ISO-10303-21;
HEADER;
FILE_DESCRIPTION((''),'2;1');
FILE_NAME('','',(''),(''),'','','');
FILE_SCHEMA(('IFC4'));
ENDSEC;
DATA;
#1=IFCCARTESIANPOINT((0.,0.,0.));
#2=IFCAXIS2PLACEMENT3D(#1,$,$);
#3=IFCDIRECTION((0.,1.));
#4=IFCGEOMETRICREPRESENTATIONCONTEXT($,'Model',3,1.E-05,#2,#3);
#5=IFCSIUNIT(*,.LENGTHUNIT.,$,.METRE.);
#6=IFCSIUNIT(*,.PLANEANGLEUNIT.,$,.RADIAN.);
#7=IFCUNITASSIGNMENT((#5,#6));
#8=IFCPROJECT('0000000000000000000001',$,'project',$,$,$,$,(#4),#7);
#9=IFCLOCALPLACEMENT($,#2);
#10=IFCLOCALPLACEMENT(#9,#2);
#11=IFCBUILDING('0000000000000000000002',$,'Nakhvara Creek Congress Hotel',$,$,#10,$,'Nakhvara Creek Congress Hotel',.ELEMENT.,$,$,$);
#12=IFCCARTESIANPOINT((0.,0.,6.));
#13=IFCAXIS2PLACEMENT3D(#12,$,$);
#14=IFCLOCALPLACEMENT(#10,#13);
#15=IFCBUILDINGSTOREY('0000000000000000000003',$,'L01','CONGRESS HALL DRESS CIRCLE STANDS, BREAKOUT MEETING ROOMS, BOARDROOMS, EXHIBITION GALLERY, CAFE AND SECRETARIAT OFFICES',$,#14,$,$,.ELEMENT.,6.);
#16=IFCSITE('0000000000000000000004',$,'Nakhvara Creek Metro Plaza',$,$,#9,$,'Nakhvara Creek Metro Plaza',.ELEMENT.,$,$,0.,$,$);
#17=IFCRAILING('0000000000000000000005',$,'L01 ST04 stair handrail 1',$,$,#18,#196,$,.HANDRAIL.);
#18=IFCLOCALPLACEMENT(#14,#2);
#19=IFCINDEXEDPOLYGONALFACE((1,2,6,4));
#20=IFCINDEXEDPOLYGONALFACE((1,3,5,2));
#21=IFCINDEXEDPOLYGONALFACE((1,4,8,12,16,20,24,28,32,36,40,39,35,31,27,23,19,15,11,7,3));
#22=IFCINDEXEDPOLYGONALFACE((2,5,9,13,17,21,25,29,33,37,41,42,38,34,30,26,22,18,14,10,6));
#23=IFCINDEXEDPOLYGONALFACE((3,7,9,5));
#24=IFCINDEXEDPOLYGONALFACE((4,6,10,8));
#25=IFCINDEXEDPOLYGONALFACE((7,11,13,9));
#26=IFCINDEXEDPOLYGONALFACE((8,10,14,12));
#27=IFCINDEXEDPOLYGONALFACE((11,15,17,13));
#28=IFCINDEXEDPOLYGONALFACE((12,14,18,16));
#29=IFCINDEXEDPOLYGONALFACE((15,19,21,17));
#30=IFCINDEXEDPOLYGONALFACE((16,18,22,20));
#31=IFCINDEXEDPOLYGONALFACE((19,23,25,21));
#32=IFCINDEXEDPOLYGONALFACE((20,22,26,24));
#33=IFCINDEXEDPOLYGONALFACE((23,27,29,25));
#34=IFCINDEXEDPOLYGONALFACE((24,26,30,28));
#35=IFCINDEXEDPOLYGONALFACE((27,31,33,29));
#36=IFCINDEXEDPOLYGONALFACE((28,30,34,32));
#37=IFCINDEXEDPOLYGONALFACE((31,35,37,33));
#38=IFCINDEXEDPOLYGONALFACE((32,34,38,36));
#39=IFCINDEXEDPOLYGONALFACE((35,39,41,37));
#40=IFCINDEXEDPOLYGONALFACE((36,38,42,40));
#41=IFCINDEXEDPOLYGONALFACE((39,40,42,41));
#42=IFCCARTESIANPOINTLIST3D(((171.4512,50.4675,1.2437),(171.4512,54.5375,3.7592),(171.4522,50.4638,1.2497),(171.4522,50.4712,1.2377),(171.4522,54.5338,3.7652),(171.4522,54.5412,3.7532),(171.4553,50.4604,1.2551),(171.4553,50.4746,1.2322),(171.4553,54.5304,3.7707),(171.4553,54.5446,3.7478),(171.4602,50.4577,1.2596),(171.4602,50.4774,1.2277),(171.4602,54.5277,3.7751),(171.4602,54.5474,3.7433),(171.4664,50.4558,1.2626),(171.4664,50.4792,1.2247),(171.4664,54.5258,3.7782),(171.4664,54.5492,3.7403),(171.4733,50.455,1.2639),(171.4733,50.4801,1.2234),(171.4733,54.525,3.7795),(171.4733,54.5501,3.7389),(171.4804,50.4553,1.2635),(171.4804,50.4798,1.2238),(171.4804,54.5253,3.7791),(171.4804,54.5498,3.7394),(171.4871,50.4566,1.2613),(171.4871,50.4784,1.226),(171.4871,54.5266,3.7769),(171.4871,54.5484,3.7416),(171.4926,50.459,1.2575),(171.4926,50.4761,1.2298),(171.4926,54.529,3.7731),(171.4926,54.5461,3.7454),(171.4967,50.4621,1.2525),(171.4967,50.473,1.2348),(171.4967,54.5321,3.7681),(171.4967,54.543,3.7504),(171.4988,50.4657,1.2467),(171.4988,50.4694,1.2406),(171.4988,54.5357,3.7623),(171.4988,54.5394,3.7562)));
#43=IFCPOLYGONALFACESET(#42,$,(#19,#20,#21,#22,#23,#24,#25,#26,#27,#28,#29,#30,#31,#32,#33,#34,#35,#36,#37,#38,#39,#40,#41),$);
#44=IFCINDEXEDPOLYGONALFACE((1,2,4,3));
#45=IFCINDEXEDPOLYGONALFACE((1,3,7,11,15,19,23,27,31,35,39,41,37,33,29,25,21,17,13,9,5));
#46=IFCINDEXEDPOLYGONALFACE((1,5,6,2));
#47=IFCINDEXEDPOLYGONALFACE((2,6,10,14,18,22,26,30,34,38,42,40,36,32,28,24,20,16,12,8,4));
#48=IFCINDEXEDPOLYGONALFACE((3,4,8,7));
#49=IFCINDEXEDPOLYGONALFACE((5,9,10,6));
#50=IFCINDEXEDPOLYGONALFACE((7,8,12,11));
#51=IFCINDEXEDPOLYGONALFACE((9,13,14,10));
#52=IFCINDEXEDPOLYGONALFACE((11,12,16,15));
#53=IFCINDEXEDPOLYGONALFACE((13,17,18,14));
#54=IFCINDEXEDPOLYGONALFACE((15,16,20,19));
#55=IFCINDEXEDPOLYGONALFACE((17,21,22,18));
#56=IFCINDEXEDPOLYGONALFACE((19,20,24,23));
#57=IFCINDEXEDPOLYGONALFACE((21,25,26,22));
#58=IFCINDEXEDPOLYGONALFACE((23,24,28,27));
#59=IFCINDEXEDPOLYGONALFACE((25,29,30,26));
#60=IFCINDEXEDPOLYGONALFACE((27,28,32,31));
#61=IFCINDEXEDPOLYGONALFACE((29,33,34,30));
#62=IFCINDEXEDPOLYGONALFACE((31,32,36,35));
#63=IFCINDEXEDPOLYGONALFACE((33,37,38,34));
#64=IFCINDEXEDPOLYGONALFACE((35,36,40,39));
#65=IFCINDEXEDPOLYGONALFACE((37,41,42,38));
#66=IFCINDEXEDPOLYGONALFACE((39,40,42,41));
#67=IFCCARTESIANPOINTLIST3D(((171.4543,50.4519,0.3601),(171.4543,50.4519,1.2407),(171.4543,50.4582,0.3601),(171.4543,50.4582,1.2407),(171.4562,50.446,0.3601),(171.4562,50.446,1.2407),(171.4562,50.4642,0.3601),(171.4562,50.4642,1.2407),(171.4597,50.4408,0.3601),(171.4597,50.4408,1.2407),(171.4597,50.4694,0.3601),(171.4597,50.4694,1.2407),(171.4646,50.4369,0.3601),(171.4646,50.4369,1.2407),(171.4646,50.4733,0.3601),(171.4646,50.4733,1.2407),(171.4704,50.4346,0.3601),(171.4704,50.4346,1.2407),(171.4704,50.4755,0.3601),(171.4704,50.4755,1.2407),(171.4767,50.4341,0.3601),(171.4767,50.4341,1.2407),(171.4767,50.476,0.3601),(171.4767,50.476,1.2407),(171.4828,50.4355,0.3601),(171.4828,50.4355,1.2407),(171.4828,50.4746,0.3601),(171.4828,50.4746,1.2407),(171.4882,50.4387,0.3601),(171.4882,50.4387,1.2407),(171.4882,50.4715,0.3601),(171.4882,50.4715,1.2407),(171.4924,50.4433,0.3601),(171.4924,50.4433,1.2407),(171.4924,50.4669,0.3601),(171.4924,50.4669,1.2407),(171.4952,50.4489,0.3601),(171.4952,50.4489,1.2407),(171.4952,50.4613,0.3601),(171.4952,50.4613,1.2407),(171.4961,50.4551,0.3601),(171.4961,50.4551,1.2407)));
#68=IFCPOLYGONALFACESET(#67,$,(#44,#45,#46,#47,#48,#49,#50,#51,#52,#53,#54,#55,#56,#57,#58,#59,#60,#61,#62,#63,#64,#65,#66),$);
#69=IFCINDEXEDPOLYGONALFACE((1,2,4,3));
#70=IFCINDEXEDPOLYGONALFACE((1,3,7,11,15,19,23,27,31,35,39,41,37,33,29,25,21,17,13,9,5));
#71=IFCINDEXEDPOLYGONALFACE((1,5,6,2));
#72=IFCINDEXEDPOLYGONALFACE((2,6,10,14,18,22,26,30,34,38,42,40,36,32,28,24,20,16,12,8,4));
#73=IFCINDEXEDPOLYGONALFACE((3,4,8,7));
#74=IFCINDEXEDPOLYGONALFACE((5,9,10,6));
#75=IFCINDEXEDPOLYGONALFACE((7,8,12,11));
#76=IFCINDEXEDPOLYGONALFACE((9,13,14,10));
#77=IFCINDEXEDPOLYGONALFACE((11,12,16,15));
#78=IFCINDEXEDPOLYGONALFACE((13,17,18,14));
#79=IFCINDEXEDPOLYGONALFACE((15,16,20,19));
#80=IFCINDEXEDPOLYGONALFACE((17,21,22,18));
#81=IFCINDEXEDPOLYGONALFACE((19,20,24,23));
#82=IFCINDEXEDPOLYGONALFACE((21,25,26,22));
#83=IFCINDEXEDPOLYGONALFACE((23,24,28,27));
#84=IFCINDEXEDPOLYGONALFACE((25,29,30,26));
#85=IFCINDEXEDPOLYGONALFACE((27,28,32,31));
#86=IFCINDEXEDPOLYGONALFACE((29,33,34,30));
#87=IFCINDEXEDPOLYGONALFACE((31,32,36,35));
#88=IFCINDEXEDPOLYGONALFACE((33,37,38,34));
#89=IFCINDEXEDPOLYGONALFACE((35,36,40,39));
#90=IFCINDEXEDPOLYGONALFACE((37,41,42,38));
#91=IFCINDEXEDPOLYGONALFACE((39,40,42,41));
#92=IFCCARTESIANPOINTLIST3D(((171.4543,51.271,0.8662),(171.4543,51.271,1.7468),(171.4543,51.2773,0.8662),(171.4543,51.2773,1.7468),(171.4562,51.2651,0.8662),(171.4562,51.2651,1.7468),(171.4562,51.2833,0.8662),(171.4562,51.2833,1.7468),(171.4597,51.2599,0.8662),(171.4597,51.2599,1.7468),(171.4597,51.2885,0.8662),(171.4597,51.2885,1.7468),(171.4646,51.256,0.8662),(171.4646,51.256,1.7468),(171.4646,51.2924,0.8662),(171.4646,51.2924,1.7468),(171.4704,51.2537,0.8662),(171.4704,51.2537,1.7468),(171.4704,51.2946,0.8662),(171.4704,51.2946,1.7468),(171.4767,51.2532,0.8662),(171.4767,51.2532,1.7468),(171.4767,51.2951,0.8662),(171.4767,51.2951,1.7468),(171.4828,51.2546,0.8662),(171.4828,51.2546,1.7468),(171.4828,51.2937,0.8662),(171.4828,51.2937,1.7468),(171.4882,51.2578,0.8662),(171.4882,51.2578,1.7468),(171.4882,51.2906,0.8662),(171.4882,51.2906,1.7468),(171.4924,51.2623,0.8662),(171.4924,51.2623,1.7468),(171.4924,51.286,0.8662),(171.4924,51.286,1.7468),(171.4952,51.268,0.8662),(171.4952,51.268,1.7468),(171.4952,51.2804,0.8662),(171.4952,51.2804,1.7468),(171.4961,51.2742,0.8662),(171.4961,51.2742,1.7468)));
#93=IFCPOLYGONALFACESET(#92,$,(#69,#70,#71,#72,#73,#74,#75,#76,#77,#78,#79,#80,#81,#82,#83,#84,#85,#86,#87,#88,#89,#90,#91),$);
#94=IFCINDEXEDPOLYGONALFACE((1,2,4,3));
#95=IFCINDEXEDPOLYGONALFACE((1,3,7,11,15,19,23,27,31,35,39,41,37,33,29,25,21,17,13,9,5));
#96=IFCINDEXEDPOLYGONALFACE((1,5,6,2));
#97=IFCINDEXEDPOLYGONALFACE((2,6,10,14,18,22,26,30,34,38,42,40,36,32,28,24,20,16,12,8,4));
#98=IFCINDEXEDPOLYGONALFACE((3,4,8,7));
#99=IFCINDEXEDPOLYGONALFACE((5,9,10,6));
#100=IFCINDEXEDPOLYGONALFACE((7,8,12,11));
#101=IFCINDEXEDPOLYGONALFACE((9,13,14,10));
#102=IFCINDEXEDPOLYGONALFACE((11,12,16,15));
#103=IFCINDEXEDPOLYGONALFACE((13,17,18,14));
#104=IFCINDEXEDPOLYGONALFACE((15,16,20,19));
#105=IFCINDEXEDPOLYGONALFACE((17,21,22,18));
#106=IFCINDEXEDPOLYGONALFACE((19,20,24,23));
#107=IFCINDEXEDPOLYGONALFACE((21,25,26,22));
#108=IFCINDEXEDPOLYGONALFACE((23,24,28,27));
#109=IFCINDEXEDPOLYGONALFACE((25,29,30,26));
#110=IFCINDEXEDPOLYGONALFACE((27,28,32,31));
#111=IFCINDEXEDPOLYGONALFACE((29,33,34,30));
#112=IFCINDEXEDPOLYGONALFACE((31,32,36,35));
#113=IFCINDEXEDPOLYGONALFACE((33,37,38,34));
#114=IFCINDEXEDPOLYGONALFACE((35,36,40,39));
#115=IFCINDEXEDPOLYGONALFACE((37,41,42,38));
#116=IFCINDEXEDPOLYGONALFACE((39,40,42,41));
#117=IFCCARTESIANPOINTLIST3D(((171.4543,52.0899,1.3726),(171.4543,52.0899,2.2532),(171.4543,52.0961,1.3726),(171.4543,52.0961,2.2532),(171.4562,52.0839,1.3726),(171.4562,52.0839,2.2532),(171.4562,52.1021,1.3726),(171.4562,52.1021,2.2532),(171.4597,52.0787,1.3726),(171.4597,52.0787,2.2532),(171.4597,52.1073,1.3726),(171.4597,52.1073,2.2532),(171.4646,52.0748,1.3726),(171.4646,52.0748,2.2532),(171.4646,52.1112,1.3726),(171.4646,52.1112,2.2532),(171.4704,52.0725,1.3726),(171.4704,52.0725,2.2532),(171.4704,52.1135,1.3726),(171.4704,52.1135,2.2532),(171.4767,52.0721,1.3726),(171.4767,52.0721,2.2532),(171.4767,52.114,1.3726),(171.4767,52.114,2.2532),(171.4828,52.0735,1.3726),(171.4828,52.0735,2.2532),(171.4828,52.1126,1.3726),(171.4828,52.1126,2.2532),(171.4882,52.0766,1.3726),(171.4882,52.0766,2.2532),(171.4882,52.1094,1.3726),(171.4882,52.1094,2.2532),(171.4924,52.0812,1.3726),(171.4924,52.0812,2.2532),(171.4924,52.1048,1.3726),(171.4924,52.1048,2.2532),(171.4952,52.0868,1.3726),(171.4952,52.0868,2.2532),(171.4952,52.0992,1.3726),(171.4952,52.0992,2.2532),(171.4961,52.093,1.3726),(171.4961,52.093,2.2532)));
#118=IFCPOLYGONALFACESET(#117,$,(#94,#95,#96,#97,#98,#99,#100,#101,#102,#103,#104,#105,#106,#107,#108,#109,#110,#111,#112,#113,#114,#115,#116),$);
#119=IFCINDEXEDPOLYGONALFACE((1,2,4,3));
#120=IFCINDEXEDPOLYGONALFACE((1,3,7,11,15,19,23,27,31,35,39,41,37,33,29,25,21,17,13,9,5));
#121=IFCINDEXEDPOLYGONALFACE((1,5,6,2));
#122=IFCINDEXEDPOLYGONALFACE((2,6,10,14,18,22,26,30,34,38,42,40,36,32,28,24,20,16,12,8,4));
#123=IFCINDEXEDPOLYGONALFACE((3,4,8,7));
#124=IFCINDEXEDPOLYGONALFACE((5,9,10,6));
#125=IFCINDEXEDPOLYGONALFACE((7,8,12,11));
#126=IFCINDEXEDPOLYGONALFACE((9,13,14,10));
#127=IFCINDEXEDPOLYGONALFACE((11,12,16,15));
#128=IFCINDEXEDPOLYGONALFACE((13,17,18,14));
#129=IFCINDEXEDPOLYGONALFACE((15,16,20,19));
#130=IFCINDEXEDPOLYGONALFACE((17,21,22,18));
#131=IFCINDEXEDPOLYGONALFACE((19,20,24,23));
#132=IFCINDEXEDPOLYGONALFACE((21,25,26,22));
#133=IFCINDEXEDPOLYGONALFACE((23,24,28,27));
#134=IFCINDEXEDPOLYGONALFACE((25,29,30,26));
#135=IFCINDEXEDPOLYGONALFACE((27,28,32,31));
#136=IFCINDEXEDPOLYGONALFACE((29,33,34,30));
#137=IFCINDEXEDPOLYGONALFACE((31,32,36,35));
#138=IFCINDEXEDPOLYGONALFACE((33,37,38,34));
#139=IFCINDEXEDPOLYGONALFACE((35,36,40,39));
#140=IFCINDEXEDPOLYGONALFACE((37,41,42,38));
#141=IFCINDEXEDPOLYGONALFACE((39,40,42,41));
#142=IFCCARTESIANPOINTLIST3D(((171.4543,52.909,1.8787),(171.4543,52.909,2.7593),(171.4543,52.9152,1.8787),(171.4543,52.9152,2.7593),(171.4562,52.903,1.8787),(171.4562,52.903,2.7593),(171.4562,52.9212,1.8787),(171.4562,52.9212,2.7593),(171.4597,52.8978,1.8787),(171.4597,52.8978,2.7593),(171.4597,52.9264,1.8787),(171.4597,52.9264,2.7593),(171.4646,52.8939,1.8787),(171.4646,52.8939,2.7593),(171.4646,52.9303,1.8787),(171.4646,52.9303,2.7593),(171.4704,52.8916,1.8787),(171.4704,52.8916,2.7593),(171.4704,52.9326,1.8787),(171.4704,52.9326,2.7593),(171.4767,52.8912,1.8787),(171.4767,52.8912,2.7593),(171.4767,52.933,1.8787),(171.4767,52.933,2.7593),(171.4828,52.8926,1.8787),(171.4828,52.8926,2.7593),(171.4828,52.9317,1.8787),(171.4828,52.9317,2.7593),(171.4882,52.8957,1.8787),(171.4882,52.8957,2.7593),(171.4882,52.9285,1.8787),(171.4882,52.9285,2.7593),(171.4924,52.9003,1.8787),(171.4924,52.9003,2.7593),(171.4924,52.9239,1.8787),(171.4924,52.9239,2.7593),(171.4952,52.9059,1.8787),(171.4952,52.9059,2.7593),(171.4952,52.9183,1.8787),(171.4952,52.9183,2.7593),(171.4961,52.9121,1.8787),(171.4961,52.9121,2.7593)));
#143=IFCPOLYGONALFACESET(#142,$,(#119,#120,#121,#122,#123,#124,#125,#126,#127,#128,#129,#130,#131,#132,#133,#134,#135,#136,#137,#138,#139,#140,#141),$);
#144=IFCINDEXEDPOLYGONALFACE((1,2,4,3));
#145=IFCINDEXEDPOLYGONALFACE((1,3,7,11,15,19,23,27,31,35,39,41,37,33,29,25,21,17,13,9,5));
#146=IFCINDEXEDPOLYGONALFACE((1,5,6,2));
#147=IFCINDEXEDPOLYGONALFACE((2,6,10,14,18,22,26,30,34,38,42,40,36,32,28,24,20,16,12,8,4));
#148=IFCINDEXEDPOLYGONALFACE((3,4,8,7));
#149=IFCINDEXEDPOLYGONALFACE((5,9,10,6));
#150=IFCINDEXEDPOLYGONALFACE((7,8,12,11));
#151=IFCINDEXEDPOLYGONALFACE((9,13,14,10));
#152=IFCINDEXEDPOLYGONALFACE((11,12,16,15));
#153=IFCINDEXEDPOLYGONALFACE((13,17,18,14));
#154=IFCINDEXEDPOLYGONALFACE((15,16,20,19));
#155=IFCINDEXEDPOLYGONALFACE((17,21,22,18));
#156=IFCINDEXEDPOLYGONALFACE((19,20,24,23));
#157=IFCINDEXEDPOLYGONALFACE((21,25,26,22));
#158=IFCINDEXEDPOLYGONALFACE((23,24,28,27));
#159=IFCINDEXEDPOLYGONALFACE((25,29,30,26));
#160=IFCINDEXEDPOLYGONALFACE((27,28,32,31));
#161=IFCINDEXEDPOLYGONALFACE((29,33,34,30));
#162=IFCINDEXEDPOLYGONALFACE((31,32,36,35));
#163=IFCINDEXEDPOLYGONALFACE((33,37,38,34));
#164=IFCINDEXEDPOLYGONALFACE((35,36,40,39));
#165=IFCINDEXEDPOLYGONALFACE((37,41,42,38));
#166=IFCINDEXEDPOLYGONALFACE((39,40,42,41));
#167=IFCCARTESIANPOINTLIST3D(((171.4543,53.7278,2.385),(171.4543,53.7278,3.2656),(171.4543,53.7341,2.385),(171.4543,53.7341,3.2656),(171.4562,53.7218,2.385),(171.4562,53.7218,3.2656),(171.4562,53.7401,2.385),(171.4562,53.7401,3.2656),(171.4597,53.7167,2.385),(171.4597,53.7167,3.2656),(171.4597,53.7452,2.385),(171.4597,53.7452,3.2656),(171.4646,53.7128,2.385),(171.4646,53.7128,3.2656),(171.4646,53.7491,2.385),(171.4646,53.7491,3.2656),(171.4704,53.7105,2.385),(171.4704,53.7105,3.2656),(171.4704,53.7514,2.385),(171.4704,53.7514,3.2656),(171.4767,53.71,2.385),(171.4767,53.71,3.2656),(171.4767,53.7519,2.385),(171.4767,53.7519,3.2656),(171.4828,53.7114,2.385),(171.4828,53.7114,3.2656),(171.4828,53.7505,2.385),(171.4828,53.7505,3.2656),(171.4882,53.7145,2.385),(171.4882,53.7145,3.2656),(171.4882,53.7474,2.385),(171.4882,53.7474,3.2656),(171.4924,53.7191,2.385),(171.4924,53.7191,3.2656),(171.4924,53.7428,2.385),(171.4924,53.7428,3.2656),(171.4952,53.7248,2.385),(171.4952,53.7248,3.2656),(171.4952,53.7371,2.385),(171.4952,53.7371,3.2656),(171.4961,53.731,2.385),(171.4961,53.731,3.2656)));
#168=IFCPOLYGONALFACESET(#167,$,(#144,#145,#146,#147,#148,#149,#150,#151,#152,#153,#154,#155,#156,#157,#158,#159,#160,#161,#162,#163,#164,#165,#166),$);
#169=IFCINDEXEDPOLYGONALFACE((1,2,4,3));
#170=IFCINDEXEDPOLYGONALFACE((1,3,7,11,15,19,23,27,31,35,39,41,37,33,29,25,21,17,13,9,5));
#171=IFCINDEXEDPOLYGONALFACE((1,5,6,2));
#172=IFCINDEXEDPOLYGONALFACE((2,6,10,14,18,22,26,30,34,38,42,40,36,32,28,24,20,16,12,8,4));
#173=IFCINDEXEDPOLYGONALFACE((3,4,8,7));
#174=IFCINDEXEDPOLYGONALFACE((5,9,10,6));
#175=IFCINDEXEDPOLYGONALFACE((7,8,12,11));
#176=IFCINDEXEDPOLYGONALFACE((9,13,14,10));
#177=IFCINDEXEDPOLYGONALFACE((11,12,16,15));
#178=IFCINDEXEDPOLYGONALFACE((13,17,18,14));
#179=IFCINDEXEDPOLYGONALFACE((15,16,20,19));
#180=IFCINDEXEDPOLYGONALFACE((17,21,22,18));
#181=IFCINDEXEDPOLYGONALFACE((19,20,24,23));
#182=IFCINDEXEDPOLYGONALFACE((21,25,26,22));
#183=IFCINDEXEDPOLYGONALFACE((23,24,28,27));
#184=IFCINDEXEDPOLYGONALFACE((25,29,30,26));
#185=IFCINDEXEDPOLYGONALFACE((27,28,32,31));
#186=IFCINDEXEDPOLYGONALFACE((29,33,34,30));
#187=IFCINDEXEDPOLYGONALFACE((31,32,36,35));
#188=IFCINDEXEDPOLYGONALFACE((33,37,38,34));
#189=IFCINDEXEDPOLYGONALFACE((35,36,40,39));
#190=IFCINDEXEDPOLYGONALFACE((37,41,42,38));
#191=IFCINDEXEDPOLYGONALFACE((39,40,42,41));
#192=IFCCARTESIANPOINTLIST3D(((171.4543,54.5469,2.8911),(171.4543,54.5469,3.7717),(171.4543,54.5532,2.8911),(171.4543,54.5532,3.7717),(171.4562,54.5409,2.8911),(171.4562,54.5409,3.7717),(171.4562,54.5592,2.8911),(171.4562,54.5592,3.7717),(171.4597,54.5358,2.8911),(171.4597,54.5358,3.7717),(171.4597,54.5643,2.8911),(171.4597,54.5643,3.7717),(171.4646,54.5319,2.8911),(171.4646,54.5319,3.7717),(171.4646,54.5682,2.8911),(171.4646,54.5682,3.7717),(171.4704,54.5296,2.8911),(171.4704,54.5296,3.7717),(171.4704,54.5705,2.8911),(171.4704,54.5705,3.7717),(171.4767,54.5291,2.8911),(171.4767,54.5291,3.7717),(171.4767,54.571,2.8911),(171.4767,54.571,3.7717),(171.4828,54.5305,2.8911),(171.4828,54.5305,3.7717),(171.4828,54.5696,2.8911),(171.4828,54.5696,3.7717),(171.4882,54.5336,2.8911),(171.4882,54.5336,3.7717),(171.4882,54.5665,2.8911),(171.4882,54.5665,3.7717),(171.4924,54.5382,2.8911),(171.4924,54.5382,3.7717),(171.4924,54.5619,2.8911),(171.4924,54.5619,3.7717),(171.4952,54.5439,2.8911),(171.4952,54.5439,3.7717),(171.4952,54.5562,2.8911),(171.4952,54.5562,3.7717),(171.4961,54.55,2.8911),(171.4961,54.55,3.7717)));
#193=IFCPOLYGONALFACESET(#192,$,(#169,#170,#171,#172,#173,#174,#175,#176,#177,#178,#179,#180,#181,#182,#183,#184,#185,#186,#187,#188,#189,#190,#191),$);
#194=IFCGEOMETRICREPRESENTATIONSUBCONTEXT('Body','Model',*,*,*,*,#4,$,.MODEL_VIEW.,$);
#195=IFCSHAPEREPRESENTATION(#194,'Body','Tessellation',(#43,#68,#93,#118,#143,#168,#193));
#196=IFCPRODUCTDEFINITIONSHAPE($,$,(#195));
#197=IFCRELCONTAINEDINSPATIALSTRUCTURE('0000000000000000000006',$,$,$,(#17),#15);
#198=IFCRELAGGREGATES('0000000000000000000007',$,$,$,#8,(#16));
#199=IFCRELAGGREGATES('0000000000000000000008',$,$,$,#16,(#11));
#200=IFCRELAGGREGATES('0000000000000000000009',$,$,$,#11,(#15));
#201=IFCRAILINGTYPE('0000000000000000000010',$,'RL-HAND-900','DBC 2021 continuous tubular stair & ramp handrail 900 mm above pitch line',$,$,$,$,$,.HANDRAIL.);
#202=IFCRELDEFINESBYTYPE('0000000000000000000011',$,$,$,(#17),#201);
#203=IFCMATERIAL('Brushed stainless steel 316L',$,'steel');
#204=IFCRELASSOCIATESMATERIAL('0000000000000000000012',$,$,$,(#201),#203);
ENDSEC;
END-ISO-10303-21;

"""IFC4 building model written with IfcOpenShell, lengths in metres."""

from ifc_helpers import new_model, si_unit, direction, frame, origin, origin_2d, place, context, subcontext, project, spatial, circle, extrude, material, type_object, element, save


model = new_model("IFC4")

# Units and contexts
model_context = context("Model", 3, precision=1e-05, world=origin(), true_north=direction((0.0, 1.0)))
body_context = subcontext(model_context, "Body", "Model", "MODEL_VIEW")
ifc_project = project(units=[si_unit("LENGTHUNIT", "METRE"), si_unit("PLANEANGLEUNIT", "RADIAN")], contexts=[model_context])

# Site, building, storey
site_placement = place(None, origin())
site = spatial("IfcSite", under=ifc_project, at=site_placement, Name="Nakhvara Creek Metro Plaza", LongName="Nakhvara Creek Metro Plaza", CompositionType="ELEMENT", RefElevation=0.0)
building_placement = place(site_placement, origin())
building = spatial("IfcBuilding", under=site, at=building_placement, Name="Nakhvara Creek Congress Hotel", LongName="Nakhvara Creek Congress Hotel", CompositionType="ELEMENT")
storey_placement = place(building_placement, frame((0.0, 0.0, 6.0)))
storey = spatial("IfcBuildingStorey", under=building, at=storey_placement, Name="L01", Description="CONGRESS HALL DRESS CIRCLE STANDS, BREAKOUT MEETING ROOMS, BOARDROOMS, EXHIBITION GALLERY, CAFE AND SECRETARIAT OFFICES", CompositionType="ELEMENT", Elevation=6.0)

# Railing
ifc_material_1 = material(Name="Brushed stainless steel 316L", Category="steel")
railing_type = type_object("IfcRailingType", Name="RL-HAND-900", Description="DBC 2021 continuous tubular stair & ramp handrail 900 mm above pitch line", PredefinedType="HANDRAIL", material=ifc_material_1)
railing_placement = place(storey_placement, frame((171.4751, 50.4551, 0.3601)))
element("IfcRailing", 1, at=railing_placement, inside=storey, type_object=railing_type, Name="L01 ST04 stair handrail 1", PredefinedType="HANDRAIL", context=body_context, shape_type="SweptSolid", body=[
    extrude(circle(Radius=0.0239, at=origin_2d()), frame((0.0, 0.0125, 0.8835), z_axis=(0.0, 0.850635, 0.525757), x_axis=(-1.0, 0.0, 0.0)), (0.0, 0.0, 1.0), 4.7847),
    extrude(circle(Radius=0.021, at=origin_2d()), origin(), (0.0, 0.0, 1.0), 0.8806),
    extrude(circle(Radius=0.021, at=origin_2d()), frame((0.0, 0.8191, 0.5061)), (0.0, 0.0, 1.0), 0.8806),
    extrude(circle(Radius=0.021, at=origin_2d()), frame((0.0, 1.6379, 1.0125)), (0.0, 0.0, 1.0), 0.8806),
    extrude(circle(Radius=0.021, at=origin_2d()), frame((0.0, 2.457, 1.5186)), (0.0, 0.0, 1.0), 0.8806),
    extrude(circle(Radius=0.021, at=origin_2d()), frame((0.0, 3.2759, 2.0249)), (0.0, 0.0, 1.0), 0.8806),
    extrude(circle(Radius=0.021, at=origin_2d()), frame((0.0, 4.095, 2.531)), (0.0, 0.0, 1.0), 0.8806),
])

save(model, "model.ifc")
